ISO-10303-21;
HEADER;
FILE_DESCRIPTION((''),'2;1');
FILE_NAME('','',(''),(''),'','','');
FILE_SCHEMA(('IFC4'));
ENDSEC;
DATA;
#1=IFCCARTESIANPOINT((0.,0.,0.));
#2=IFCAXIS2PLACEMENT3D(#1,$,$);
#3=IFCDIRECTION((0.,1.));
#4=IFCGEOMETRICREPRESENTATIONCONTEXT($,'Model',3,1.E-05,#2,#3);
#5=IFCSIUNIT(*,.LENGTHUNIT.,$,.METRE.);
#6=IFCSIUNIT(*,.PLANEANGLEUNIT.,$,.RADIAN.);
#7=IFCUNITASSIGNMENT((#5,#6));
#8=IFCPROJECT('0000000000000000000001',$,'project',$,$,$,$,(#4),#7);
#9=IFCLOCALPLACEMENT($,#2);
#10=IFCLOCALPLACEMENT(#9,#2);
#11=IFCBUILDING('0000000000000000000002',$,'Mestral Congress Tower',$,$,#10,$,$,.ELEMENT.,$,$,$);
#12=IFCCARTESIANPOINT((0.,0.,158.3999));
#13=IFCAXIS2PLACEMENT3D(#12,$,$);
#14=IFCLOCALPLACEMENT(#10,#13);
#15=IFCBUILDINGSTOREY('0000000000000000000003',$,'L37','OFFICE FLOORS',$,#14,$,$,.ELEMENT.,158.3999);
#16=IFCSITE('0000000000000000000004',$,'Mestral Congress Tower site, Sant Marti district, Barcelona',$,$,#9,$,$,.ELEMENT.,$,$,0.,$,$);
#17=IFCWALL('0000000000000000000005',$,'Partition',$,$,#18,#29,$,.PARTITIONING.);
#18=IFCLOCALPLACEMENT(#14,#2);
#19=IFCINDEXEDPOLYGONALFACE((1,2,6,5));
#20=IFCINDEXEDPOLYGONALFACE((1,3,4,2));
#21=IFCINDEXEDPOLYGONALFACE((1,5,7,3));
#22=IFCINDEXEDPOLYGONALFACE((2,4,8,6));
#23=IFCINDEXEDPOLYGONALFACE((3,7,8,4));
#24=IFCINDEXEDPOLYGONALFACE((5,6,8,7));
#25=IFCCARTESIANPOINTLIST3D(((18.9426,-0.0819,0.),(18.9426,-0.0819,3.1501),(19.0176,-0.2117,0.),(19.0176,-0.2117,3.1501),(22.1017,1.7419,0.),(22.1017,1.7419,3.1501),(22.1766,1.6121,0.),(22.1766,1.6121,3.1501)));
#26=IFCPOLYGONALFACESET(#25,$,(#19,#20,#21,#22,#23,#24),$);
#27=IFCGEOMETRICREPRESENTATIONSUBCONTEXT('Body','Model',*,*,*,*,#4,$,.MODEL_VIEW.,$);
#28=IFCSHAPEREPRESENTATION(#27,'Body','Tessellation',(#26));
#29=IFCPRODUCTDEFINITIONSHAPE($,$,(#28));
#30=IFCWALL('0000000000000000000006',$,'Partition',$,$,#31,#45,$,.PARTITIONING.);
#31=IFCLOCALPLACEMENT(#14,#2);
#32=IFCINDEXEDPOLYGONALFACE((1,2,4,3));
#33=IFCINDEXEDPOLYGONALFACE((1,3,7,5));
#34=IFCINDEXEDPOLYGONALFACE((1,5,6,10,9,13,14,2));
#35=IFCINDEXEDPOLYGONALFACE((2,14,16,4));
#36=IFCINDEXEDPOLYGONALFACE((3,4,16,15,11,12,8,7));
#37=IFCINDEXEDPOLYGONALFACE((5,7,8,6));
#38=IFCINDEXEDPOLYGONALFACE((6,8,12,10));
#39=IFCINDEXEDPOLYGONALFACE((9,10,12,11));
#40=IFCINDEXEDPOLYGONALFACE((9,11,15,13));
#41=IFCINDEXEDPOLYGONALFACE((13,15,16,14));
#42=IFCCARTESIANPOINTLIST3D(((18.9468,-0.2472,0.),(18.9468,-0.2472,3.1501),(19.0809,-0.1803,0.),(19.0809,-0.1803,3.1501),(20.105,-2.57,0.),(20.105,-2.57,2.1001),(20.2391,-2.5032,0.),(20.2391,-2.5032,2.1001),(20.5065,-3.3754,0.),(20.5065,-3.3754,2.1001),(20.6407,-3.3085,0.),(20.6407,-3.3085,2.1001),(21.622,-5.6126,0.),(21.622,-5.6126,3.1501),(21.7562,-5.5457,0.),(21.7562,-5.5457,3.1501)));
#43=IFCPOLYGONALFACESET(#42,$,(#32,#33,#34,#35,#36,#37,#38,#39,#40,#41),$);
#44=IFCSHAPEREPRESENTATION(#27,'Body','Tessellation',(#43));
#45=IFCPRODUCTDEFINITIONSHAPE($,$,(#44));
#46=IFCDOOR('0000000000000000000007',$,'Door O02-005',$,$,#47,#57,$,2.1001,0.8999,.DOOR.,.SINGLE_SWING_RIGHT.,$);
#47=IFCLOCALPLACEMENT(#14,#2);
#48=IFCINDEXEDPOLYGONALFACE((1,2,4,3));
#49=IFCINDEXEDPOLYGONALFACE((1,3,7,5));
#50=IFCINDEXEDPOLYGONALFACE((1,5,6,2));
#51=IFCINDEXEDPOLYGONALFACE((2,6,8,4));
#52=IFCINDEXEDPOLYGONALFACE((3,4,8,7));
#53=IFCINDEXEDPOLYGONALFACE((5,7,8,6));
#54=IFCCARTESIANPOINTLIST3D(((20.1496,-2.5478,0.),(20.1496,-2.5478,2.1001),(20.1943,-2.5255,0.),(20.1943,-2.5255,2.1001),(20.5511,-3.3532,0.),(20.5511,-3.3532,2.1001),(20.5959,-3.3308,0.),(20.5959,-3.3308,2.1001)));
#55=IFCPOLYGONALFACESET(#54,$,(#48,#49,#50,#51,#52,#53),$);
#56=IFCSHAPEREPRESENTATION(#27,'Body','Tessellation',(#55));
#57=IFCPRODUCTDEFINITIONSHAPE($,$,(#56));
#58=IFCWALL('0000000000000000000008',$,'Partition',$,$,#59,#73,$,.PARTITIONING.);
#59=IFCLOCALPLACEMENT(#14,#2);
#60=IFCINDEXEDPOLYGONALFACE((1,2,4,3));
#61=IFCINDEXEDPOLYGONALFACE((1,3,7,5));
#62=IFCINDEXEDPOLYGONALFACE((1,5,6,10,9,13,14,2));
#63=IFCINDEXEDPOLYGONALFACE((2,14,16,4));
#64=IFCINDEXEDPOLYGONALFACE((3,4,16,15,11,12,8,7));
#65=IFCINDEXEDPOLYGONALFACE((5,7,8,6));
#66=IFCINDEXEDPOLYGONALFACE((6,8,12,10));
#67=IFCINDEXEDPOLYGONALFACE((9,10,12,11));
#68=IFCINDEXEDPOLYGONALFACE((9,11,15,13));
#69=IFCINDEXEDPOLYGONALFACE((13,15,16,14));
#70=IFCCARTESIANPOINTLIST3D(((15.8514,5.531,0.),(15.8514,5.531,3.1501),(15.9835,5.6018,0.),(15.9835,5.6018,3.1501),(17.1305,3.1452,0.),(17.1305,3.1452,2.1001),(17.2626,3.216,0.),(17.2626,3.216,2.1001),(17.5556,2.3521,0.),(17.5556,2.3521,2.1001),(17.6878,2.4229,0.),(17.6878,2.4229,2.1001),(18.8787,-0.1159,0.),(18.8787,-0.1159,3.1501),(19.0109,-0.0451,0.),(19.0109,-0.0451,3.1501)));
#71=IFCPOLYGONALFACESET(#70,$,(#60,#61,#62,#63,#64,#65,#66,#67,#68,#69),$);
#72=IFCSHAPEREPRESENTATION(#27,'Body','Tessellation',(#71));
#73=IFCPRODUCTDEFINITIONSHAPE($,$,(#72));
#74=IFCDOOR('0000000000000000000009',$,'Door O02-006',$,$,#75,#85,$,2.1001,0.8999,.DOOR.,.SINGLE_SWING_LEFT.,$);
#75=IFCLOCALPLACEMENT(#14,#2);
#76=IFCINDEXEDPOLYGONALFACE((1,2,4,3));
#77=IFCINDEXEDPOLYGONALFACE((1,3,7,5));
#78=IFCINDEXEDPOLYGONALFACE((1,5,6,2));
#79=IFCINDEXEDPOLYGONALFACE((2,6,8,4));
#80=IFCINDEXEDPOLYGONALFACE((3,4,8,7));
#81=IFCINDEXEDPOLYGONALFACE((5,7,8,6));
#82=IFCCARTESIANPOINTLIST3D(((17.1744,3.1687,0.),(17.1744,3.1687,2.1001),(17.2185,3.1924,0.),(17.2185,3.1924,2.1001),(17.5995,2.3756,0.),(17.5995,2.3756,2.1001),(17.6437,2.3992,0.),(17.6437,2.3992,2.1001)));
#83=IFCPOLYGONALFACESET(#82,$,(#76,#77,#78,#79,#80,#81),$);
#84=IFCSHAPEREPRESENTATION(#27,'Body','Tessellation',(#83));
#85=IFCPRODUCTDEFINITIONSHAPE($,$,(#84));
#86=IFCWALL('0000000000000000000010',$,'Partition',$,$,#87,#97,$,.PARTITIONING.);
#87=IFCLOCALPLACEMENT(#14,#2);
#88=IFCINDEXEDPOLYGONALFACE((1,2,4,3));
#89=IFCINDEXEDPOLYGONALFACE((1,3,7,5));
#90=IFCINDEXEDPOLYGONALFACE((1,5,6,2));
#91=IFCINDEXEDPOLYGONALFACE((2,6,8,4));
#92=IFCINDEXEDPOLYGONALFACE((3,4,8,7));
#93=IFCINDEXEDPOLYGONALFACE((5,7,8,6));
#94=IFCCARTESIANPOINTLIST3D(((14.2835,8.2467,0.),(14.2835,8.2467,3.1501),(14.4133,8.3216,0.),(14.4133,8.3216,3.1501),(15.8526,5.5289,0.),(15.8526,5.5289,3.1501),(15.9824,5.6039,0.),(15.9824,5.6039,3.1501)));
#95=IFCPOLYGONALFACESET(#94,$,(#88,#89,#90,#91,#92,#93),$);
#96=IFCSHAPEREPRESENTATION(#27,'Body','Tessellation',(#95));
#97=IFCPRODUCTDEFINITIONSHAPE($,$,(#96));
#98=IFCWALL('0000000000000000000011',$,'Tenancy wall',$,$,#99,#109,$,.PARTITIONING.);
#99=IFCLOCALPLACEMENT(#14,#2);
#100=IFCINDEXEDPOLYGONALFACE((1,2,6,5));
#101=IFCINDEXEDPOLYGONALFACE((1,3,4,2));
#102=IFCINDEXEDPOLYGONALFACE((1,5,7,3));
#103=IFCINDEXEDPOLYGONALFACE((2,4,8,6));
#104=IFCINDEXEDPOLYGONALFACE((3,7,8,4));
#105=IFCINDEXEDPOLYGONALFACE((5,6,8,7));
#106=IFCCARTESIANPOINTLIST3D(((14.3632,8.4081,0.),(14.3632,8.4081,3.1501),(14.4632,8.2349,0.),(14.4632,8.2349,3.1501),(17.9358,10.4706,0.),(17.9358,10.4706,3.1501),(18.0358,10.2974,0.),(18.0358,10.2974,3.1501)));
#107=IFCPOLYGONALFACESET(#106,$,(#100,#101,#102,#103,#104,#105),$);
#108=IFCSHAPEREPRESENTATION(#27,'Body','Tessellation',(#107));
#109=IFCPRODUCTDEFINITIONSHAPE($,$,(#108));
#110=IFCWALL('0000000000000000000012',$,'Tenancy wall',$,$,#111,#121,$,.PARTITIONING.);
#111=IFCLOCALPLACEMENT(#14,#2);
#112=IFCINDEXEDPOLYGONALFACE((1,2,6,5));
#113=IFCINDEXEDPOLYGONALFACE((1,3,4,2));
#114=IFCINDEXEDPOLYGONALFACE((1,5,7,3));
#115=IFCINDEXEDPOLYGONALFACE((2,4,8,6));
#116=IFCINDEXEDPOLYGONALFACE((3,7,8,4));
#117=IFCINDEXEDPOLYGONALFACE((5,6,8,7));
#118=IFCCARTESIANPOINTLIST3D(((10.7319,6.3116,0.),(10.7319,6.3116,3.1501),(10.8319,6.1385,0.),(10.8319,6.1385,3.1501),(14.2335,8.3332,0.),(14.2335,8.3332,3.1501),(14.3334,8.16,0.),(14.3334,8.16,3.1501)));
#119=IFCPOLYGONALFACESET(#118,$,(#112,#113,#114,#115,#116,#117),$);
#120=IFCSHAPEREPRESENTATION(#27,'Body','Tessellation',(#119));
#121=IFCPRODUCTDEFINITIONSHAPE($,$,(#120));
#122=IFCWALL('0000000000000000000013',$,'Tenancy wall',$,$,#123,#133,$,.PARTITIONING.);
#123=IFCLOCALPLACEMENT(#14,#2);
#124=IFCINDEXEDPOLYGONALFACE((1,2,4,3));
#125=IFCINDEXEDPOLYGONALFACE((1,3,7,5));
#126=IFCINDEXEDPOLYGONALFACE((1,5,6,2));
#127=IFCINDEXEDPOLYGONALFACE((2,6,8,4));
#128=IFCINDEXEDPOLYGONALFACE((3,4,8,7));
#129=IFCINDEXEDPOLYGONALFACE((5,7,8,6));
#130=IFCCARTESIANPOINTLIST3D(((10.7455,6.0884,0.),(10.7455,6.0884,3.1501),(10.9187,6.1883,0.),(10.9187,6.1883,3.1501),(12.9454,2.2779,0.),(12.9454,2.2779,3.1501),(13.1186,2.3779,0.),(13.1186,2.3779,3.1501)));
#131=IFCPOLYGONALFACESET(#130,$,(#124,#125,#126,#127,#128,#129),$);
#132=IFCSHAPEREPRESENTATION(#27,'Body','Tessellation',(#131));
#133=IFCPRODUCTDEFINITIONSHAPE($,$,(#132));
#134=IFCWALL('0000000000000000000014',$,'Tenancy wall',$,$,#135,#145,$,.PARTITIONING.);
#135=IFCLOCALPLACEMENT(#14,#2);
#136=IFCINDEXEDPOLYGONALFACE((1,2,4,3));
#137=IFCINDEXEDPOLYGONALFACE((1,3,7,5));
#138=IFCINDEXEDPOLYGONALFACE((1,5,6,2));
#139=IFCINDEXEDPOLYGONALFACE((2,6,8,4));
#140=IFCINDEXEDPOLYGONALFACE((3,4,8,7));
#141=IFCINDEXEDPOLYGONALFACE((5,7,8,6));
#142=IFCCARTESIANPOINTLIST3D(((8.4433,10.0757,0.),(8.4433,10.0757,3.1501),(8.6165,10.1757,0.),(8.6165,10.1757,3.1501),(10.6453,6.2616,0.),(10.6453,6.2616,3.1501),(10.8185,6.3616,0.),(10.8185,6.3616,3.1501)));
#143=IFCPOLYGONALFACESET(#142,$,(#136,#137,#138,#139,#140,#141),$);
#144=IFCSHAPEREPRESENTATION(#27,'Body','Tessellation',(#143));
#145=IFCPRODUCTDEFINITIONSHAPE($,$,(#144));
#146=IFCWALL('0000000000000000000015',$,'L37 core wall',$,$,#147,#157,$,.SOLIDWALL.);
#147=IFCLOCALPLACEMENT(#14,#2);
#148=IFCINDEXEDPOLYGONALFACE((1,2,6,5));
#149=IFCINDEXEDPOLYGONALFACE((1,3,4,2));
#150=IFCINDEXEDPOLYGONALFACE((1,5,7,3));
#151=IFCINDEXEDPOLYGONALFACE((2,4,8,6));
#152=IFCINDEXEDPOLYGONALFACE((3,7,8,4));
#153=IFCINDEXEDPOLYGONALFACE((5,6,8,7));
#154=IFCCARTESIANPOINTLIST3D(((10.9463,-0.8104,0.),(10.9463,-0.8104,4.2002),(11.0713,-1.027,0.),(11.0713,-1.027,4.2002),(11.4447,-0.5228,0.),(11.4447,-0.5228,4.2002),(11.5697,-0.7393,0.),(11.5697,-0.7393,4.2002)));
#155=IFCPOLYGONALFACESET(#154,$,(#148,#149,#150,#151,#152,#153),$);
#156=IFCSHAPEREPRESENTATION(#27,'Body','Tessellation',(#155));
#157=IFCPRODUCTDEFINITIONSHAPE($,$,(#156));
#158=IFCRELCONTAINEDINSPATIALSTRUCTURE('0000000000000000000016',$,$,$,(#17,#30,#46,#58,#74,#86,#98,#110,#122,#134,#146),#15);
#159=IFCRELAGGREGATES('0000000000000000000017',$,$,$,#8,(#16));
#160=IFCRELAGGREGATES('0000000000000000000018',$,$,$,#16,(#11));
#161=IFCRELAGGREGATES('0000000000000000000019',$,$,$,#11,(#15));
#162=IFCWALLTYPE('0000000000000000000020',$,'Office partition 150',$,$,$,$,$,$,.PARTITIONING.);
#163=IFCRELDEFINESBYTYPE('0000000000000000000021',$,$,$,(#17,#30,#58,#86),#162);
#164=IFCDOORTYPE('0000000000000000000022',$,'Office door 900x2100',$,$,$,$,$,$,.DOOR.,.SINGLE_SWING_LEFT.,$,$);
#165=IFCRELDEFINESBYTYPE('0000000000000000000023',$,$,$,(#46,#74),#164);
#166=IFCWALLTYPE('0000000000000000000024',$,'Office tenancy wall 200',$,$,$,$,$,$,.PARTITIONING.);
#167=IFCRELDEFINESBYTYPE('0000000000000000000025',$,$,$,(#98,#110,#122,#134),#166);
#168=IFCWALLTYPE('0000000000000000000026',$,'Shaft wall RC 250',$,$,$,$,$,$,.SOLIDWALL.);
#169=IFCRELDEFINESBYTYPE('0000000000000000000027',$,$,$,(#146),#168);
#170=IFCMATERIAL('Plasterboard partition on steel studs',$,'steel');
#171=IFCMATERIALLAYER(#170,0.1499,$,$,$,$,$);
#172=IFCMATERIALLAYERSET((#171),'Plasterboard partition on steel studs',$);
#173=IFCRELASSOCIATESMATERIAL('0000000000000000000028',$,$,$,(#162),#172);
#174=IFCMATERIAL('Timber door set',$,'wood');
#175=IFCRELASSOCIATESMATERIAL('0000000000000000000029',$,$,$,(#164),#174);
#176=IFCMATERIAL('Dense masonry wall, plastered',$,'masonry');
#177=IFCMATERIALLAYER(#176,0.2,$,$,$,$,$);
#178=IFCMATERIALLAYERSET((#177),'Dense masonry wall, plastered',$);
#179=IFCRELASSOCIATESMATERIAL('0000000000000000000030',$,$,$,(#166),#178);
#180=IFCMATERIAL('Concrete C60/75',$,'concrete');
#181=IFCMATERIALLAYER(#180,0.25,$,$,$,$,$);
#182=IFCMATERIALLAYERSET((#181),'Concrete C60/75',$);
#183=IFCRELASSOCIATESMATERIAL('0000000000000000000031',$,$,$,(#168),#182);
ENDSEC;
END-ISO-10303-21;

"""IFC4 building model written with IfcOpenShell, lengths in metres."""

from ifc_helpers import new_model, si_unit, direction, frame, frame_2d, origin, place, context, subcontext, project, spatial, rectangle, extrude, material, layer, layer_set, type_object, element, fill, save


model = new_model("IFC4")

# Units and contexts
model_context = context("Model", 3, precision=1e-05, world=origin(), true_north=direction((0.0, 1.0)))
body_context = subcontext(model_context, "Body", "Model", "MODEL_VIEW")
ifc_project = project(units=[si_unit("LENGTHUNIT", "METRE"), si_unit("PLANEANGLEUNIT", "RADIAN")], contexts=[model_context])

# Site, building, storey
site_placement = place(None, origin())
site = spatial("IfcSite", under=ifc_project, at=site_placement, Name="Mestral Congress Tower site, Sant Marti district, Barcelona", CompositionType="ELEMENT", RefElevation=0.0)
building_placement = place(site_placement, origin())
building = spatial("IfcBuilding", under=site, at=building_placement, Name="Mestral Congress Tower", CompositionType="ELEMENT")
storey_placement = place(building_placement, frame((0.0, 0.0, 158.3999)))
storey = spatial("IfcBuildingStorey", under=building, at=storey_placement, Name="L37", Description="OFFICE FLOORS", CompositionType="ELEMENT", Elevation=158.3999)

# Shared definitions
ifc_material_1 = material(Name="Concrete C60/75", Category="concrete")

# Wall
ifc_material_2 = material(Name="Plasterboard partition on steel studs", Category="steel")
ifc_layer_1 = layer(ifc_material_2, 0.1499)
ifc_layer_set_1 = layer_set([ifc_layer_1], Name="Plasterboard partition on steel studs")
wall_type_1 = type_object("IfcWallType", Name="Office partition 150", PredefinedType="PARTITIONING", material=ifc_layer_set_1)
wall_1_placement = place(storey_placement, frame((18.9802, -0.1467, 0.0), z_axis=(0.0, 0.0, 1.0), x_axis=(0.866035, 0.499983, 0.0)))
element("IfcWall", 1, at=wall_1_placement, inside=storey, type_object=wall_type_1, Name="Partition", PredefinedType="PARTITIONING", context=body_context, shape_type="SweptSolid", body=[
    extrude(rectangle(XDim=3.6477, YDim=0.1499, at=frame_2d((1.8237, 0.0))), origin(), (0.0, 0.0, 1.0), 3.1501),
])

# Walls, openings, doors
wall_2_placement = place(storey_placement, frame((19.0139, -0.2139, 0.0), z_axis=(0.0, 0.0, 1.0), x_axis=(0.44622, -0.894923, 0.0)))
wall_2 = element("IfcWall", 2, at=wall_2_placement, inside=storey, type_object=wall_type_1, Name="Partition", PredefinedType="PARTITIONING", context=body_context, shape_type="SweptSolid", body=[
    extrude(rectangle(XDim=5.9954, YDim=0.1499, at=frame_2d((2.9976, 0.0))), origin(), (0.0, 0.0, 1.0), 3.1501),
])
opening_1_placement = place(wall_2_placement, frame((2.5955, 0.0, 0.0)))
opening_1 = element("IfcOpeningElement", 3, at=opening_1_placement, cuts=wall_2, PredefinedType="OPENING", context=body_context, shape_type="SweptSolid", body=[
    extrude(rectangle(XDim=0.8999, YDim=2.1001, at=frame_2d((0.45, 1.05))), frame((0.0, 0.085, 0.0), z_axis=(0.0, -1.0, 0.0), x_axis=(1.0, 0.0, 0.0)), (0.0, 0.0, 1.0), 0.1699),
])
ifc_material_3 = material(Name="Timber door set", Category="wood")
door_type_1 = type_object("IfcDoorType", Name="Office door 900x2100", OperationType="SINGLE_SWING_LEFT", PredefinedType="DOOR", material=ifc_material_3)
door_1_placement = place(opening_1_placement, origin())
door_1 = element("IfcDoor", 4, at=door_1_placement, inside=storey, type_object=door_type_1, Name="Door O02-005", OperationType="SINGLE_SWING_RIGHT", OverallHeight=2.1001, OverallWidth=0.8999, PredefinedType="DOOR", context=body_context, shape_type="SweptSolid", body=[
    extrude(rectangle(XDim=0.8999, YDim=2.1001, at=frame_2d((0.45, 1.05))), frame((0.0, 0.0249, 0.0), z_axis=(0.0, -1.0, 0.0), x_axis=(1.0, 0.0, 0.0)), (0.0, 0.0, 1.0), 0.05),
])
fill(opening_1, door_1)
wall_3_placement = place(storey_placement, frame((15.9175, 5.5664, 0.0), z_axis=(0.0, 0.0, 1.0), x_axis=(0.472486, -0.881338, 0.0)))
wall_3 = element("IfcWall", 5, at=wall_3_placement, inside=storey, type_object=wall_type_1, Name="Partition", PredefinedType="PARTITIONING", context=body_context, shape_type="SweptSolid", body=[
    extrude(rectangle(XDim=6.4072, YDim=0.1499, at=frame_2d((3.2036, 0.0))), origin(), (0.0, 0.0, 1.0), 3.1501),
])
opening_2_placement = place(wall_3_placement, frame((2.707, 0.0, 0.0)))
opening_2 = element("IfcOpeningElement", 6, at=opening_2_placement, cuts=wall_3, PredefinedType="OPENING", context=body_context, shape_type="SweptSolid", body=[
    extrude(rectangle(XDim=0.8999, YDim=2.1001, at=frame_2d((0.45, 1.05))), frame((0.0, 0.085, 0.0), z_axis=(0.0, -1.0, 0.0), x_axis=(1.0, 0.0, 0.0)), (0.0, 0.0, 1.0), 0.1699),
])
door_2_placement = place(opening_2_placement, origin())
door_2 = element("IfcDoor", 7, at=door_2_placement, inside=storey, type_object=door_type_1, Name="Door O02-006", OperationType="SINGLE_SWING_LEFT", OverallHeight=2.1001, OverallWidth=0.8999, PredefinedType="DOOR", context=body_context, shape_type="SweptSolid", body=[
    extrude(rectangle(XDim=0.8999, YDim=2.1001, at=frame_2d((0.45, 1.05))), frame((0.0, 0.0249, 0.0), z_axis=(0.0, -1.0, 0.0), x_axis=(1.0, 0.0, 0.0)), (0.0, 0.0, 1.0), 0.05),
])
fill(opening_2, door_2)

# Walls
wall_4_placement = place(storey_placement, frame((15.9175, 5.5664, 0.0), z_axis=(0.0, 0.0, 1.0), x_axis=(-0.499996, 0.866028, 0.0)))
element("IfcWall", 8, at=wall_4_placement, inside=storey, type_object=wall_type_1, Name="Partition", PredefinedType="PARTITIONING", context=body_context, shape_type="SweptSolid", body=[
    extrude(rectangle(XDim=3.1382, YDim=0.1499, at=frame_2d((1.5691, 0.0))), origin(), (0.0, 0.0, 1.0), 3.1501),
])
ifc_material_4 = material(Name="Dense masonry wall, plastered", Category="masonry")
ifc_layer_2 = layer(ifc_material_4, 0.2)
ifc_layer_set_2 = layer_set([ifc_layer_2], Name="Dense masonry wall, plastered")
wall_type_2 = type_object("IfcWallType", Name="Office tenancy wall 200", PredefinedType="PARTITIONING", material=ifc_layer_set_2)
wall_5_placement = place(storey_placement, frame((14.4133, 8.3215, 0.0), z_axis=(0.0, 0.0, 1.0), x_axis=(0.866035, 0.499984, 0.0)))
element("IfcWall", 9, at=wall_5_placement, inside=storey, type_object=wall_type_2, Name="Tenancy wall", PredefinedType="PARTITIONING", context=body_context, shape_type="SweptSolid", body=[
    extrude(rectangle(XDim=4.1252, YDim=0.2, at=frame_2d((2.0625, 0.0))), origin(), (0.0, 0.0, 1.0), 3.1501),
])
wall_6_placement = place(storey_placement, frame((10.782, 6.2251, 0.0), z_axis=(0.0, 0.0, 1.0), x_axis=(0.866035, 0.499984, 0.0)))
element("IfcWall", 10, at=wall_6_placement, inside=storey, type_object=wall_type_2, Name="Tenancy wall", PredefinedType="PARTITIONING", context=body_context, shape_type="SweptSolid", body=[
    extrude(rectangle(XDim=4.0432, YDim=0.2, at=frame_2d((2.0215, 0.0))), origin(), (0.0, 0.0, 1.0), 3.1501),
])
wall_7_placement = place(storey_placement, frame((13.032, 2.3279, 0.0), z_axis=(0.0, 0.0, 1.0), x_axis=(-0.499988, 0.866032, 0.0)))
element("IfcWall", 11, at=wall_7_placement, inside=storey, type_object=wall_type_2, Name="Tenancy wall", PredefinedType="PARTITIONING", context=body_context, shape_type="SweptSolid", body=[
    extrude(rectangle(XDim=4.3999, YDim=0.2, at=frame_2d((2.2, 0.0))), origin(), (0.0, 0.0, 1.0), 3.1501),
])
wall_8_placement = place(storey_placement, frame((10.7319, 6.3115, 0.0), z_axis=(0.0, 0.0, 1.0), x_axis=(-0.499985, 0.866034, 0.0)))
element("IfcWall", 12, at=wall_8_placement, inside=storey, type_object=wall_type_2, Name="Tenancy wall", PredefinedType="PARTITIONING", context=body_context, shape_type="SweptSolid", body=[
    extrude(rectangle(XDim=4.4041, YDim=0.2, at=frame_2d((2.2021, 0.0))), origin(), (0.0, 0.0, 1.0), 3.1501),
])
ifc_layer_3 = layer(ifc_material_1, 0.25)
ifc_layer_set_3 = layer_set([ifc_layer_3], Name="Concrete C60/75")
wall_type_3 = type_object("IfcWallType", Name="Shaft wall RC 250", PredefinedType="SOLIDWALL", material=ifc_layer_set_3)
wall_9_placement = place(storey_placement, frame((11.5071, -0.6311, 0.0), z_axis=(0.0, 0.0, 1.0), x_axis=(-0.866094, -0.499882, 0.0)))
element("IfcWall", 13, at=wall_9_placement, inside=storey, type_object=wall_type_3, Name="L37 core wall", PredefinedType="SOLIDWALL", context=body_context, shape_type="SweptSolid", body=[
    extrude(rectangle(XDim=0.5754, YDim=0.25, at=frame_2d((0.2876, 0.0))), origin(), (0.0, 0.0, 1.0), 4.2002),
])

save(model, "model.ifc")
